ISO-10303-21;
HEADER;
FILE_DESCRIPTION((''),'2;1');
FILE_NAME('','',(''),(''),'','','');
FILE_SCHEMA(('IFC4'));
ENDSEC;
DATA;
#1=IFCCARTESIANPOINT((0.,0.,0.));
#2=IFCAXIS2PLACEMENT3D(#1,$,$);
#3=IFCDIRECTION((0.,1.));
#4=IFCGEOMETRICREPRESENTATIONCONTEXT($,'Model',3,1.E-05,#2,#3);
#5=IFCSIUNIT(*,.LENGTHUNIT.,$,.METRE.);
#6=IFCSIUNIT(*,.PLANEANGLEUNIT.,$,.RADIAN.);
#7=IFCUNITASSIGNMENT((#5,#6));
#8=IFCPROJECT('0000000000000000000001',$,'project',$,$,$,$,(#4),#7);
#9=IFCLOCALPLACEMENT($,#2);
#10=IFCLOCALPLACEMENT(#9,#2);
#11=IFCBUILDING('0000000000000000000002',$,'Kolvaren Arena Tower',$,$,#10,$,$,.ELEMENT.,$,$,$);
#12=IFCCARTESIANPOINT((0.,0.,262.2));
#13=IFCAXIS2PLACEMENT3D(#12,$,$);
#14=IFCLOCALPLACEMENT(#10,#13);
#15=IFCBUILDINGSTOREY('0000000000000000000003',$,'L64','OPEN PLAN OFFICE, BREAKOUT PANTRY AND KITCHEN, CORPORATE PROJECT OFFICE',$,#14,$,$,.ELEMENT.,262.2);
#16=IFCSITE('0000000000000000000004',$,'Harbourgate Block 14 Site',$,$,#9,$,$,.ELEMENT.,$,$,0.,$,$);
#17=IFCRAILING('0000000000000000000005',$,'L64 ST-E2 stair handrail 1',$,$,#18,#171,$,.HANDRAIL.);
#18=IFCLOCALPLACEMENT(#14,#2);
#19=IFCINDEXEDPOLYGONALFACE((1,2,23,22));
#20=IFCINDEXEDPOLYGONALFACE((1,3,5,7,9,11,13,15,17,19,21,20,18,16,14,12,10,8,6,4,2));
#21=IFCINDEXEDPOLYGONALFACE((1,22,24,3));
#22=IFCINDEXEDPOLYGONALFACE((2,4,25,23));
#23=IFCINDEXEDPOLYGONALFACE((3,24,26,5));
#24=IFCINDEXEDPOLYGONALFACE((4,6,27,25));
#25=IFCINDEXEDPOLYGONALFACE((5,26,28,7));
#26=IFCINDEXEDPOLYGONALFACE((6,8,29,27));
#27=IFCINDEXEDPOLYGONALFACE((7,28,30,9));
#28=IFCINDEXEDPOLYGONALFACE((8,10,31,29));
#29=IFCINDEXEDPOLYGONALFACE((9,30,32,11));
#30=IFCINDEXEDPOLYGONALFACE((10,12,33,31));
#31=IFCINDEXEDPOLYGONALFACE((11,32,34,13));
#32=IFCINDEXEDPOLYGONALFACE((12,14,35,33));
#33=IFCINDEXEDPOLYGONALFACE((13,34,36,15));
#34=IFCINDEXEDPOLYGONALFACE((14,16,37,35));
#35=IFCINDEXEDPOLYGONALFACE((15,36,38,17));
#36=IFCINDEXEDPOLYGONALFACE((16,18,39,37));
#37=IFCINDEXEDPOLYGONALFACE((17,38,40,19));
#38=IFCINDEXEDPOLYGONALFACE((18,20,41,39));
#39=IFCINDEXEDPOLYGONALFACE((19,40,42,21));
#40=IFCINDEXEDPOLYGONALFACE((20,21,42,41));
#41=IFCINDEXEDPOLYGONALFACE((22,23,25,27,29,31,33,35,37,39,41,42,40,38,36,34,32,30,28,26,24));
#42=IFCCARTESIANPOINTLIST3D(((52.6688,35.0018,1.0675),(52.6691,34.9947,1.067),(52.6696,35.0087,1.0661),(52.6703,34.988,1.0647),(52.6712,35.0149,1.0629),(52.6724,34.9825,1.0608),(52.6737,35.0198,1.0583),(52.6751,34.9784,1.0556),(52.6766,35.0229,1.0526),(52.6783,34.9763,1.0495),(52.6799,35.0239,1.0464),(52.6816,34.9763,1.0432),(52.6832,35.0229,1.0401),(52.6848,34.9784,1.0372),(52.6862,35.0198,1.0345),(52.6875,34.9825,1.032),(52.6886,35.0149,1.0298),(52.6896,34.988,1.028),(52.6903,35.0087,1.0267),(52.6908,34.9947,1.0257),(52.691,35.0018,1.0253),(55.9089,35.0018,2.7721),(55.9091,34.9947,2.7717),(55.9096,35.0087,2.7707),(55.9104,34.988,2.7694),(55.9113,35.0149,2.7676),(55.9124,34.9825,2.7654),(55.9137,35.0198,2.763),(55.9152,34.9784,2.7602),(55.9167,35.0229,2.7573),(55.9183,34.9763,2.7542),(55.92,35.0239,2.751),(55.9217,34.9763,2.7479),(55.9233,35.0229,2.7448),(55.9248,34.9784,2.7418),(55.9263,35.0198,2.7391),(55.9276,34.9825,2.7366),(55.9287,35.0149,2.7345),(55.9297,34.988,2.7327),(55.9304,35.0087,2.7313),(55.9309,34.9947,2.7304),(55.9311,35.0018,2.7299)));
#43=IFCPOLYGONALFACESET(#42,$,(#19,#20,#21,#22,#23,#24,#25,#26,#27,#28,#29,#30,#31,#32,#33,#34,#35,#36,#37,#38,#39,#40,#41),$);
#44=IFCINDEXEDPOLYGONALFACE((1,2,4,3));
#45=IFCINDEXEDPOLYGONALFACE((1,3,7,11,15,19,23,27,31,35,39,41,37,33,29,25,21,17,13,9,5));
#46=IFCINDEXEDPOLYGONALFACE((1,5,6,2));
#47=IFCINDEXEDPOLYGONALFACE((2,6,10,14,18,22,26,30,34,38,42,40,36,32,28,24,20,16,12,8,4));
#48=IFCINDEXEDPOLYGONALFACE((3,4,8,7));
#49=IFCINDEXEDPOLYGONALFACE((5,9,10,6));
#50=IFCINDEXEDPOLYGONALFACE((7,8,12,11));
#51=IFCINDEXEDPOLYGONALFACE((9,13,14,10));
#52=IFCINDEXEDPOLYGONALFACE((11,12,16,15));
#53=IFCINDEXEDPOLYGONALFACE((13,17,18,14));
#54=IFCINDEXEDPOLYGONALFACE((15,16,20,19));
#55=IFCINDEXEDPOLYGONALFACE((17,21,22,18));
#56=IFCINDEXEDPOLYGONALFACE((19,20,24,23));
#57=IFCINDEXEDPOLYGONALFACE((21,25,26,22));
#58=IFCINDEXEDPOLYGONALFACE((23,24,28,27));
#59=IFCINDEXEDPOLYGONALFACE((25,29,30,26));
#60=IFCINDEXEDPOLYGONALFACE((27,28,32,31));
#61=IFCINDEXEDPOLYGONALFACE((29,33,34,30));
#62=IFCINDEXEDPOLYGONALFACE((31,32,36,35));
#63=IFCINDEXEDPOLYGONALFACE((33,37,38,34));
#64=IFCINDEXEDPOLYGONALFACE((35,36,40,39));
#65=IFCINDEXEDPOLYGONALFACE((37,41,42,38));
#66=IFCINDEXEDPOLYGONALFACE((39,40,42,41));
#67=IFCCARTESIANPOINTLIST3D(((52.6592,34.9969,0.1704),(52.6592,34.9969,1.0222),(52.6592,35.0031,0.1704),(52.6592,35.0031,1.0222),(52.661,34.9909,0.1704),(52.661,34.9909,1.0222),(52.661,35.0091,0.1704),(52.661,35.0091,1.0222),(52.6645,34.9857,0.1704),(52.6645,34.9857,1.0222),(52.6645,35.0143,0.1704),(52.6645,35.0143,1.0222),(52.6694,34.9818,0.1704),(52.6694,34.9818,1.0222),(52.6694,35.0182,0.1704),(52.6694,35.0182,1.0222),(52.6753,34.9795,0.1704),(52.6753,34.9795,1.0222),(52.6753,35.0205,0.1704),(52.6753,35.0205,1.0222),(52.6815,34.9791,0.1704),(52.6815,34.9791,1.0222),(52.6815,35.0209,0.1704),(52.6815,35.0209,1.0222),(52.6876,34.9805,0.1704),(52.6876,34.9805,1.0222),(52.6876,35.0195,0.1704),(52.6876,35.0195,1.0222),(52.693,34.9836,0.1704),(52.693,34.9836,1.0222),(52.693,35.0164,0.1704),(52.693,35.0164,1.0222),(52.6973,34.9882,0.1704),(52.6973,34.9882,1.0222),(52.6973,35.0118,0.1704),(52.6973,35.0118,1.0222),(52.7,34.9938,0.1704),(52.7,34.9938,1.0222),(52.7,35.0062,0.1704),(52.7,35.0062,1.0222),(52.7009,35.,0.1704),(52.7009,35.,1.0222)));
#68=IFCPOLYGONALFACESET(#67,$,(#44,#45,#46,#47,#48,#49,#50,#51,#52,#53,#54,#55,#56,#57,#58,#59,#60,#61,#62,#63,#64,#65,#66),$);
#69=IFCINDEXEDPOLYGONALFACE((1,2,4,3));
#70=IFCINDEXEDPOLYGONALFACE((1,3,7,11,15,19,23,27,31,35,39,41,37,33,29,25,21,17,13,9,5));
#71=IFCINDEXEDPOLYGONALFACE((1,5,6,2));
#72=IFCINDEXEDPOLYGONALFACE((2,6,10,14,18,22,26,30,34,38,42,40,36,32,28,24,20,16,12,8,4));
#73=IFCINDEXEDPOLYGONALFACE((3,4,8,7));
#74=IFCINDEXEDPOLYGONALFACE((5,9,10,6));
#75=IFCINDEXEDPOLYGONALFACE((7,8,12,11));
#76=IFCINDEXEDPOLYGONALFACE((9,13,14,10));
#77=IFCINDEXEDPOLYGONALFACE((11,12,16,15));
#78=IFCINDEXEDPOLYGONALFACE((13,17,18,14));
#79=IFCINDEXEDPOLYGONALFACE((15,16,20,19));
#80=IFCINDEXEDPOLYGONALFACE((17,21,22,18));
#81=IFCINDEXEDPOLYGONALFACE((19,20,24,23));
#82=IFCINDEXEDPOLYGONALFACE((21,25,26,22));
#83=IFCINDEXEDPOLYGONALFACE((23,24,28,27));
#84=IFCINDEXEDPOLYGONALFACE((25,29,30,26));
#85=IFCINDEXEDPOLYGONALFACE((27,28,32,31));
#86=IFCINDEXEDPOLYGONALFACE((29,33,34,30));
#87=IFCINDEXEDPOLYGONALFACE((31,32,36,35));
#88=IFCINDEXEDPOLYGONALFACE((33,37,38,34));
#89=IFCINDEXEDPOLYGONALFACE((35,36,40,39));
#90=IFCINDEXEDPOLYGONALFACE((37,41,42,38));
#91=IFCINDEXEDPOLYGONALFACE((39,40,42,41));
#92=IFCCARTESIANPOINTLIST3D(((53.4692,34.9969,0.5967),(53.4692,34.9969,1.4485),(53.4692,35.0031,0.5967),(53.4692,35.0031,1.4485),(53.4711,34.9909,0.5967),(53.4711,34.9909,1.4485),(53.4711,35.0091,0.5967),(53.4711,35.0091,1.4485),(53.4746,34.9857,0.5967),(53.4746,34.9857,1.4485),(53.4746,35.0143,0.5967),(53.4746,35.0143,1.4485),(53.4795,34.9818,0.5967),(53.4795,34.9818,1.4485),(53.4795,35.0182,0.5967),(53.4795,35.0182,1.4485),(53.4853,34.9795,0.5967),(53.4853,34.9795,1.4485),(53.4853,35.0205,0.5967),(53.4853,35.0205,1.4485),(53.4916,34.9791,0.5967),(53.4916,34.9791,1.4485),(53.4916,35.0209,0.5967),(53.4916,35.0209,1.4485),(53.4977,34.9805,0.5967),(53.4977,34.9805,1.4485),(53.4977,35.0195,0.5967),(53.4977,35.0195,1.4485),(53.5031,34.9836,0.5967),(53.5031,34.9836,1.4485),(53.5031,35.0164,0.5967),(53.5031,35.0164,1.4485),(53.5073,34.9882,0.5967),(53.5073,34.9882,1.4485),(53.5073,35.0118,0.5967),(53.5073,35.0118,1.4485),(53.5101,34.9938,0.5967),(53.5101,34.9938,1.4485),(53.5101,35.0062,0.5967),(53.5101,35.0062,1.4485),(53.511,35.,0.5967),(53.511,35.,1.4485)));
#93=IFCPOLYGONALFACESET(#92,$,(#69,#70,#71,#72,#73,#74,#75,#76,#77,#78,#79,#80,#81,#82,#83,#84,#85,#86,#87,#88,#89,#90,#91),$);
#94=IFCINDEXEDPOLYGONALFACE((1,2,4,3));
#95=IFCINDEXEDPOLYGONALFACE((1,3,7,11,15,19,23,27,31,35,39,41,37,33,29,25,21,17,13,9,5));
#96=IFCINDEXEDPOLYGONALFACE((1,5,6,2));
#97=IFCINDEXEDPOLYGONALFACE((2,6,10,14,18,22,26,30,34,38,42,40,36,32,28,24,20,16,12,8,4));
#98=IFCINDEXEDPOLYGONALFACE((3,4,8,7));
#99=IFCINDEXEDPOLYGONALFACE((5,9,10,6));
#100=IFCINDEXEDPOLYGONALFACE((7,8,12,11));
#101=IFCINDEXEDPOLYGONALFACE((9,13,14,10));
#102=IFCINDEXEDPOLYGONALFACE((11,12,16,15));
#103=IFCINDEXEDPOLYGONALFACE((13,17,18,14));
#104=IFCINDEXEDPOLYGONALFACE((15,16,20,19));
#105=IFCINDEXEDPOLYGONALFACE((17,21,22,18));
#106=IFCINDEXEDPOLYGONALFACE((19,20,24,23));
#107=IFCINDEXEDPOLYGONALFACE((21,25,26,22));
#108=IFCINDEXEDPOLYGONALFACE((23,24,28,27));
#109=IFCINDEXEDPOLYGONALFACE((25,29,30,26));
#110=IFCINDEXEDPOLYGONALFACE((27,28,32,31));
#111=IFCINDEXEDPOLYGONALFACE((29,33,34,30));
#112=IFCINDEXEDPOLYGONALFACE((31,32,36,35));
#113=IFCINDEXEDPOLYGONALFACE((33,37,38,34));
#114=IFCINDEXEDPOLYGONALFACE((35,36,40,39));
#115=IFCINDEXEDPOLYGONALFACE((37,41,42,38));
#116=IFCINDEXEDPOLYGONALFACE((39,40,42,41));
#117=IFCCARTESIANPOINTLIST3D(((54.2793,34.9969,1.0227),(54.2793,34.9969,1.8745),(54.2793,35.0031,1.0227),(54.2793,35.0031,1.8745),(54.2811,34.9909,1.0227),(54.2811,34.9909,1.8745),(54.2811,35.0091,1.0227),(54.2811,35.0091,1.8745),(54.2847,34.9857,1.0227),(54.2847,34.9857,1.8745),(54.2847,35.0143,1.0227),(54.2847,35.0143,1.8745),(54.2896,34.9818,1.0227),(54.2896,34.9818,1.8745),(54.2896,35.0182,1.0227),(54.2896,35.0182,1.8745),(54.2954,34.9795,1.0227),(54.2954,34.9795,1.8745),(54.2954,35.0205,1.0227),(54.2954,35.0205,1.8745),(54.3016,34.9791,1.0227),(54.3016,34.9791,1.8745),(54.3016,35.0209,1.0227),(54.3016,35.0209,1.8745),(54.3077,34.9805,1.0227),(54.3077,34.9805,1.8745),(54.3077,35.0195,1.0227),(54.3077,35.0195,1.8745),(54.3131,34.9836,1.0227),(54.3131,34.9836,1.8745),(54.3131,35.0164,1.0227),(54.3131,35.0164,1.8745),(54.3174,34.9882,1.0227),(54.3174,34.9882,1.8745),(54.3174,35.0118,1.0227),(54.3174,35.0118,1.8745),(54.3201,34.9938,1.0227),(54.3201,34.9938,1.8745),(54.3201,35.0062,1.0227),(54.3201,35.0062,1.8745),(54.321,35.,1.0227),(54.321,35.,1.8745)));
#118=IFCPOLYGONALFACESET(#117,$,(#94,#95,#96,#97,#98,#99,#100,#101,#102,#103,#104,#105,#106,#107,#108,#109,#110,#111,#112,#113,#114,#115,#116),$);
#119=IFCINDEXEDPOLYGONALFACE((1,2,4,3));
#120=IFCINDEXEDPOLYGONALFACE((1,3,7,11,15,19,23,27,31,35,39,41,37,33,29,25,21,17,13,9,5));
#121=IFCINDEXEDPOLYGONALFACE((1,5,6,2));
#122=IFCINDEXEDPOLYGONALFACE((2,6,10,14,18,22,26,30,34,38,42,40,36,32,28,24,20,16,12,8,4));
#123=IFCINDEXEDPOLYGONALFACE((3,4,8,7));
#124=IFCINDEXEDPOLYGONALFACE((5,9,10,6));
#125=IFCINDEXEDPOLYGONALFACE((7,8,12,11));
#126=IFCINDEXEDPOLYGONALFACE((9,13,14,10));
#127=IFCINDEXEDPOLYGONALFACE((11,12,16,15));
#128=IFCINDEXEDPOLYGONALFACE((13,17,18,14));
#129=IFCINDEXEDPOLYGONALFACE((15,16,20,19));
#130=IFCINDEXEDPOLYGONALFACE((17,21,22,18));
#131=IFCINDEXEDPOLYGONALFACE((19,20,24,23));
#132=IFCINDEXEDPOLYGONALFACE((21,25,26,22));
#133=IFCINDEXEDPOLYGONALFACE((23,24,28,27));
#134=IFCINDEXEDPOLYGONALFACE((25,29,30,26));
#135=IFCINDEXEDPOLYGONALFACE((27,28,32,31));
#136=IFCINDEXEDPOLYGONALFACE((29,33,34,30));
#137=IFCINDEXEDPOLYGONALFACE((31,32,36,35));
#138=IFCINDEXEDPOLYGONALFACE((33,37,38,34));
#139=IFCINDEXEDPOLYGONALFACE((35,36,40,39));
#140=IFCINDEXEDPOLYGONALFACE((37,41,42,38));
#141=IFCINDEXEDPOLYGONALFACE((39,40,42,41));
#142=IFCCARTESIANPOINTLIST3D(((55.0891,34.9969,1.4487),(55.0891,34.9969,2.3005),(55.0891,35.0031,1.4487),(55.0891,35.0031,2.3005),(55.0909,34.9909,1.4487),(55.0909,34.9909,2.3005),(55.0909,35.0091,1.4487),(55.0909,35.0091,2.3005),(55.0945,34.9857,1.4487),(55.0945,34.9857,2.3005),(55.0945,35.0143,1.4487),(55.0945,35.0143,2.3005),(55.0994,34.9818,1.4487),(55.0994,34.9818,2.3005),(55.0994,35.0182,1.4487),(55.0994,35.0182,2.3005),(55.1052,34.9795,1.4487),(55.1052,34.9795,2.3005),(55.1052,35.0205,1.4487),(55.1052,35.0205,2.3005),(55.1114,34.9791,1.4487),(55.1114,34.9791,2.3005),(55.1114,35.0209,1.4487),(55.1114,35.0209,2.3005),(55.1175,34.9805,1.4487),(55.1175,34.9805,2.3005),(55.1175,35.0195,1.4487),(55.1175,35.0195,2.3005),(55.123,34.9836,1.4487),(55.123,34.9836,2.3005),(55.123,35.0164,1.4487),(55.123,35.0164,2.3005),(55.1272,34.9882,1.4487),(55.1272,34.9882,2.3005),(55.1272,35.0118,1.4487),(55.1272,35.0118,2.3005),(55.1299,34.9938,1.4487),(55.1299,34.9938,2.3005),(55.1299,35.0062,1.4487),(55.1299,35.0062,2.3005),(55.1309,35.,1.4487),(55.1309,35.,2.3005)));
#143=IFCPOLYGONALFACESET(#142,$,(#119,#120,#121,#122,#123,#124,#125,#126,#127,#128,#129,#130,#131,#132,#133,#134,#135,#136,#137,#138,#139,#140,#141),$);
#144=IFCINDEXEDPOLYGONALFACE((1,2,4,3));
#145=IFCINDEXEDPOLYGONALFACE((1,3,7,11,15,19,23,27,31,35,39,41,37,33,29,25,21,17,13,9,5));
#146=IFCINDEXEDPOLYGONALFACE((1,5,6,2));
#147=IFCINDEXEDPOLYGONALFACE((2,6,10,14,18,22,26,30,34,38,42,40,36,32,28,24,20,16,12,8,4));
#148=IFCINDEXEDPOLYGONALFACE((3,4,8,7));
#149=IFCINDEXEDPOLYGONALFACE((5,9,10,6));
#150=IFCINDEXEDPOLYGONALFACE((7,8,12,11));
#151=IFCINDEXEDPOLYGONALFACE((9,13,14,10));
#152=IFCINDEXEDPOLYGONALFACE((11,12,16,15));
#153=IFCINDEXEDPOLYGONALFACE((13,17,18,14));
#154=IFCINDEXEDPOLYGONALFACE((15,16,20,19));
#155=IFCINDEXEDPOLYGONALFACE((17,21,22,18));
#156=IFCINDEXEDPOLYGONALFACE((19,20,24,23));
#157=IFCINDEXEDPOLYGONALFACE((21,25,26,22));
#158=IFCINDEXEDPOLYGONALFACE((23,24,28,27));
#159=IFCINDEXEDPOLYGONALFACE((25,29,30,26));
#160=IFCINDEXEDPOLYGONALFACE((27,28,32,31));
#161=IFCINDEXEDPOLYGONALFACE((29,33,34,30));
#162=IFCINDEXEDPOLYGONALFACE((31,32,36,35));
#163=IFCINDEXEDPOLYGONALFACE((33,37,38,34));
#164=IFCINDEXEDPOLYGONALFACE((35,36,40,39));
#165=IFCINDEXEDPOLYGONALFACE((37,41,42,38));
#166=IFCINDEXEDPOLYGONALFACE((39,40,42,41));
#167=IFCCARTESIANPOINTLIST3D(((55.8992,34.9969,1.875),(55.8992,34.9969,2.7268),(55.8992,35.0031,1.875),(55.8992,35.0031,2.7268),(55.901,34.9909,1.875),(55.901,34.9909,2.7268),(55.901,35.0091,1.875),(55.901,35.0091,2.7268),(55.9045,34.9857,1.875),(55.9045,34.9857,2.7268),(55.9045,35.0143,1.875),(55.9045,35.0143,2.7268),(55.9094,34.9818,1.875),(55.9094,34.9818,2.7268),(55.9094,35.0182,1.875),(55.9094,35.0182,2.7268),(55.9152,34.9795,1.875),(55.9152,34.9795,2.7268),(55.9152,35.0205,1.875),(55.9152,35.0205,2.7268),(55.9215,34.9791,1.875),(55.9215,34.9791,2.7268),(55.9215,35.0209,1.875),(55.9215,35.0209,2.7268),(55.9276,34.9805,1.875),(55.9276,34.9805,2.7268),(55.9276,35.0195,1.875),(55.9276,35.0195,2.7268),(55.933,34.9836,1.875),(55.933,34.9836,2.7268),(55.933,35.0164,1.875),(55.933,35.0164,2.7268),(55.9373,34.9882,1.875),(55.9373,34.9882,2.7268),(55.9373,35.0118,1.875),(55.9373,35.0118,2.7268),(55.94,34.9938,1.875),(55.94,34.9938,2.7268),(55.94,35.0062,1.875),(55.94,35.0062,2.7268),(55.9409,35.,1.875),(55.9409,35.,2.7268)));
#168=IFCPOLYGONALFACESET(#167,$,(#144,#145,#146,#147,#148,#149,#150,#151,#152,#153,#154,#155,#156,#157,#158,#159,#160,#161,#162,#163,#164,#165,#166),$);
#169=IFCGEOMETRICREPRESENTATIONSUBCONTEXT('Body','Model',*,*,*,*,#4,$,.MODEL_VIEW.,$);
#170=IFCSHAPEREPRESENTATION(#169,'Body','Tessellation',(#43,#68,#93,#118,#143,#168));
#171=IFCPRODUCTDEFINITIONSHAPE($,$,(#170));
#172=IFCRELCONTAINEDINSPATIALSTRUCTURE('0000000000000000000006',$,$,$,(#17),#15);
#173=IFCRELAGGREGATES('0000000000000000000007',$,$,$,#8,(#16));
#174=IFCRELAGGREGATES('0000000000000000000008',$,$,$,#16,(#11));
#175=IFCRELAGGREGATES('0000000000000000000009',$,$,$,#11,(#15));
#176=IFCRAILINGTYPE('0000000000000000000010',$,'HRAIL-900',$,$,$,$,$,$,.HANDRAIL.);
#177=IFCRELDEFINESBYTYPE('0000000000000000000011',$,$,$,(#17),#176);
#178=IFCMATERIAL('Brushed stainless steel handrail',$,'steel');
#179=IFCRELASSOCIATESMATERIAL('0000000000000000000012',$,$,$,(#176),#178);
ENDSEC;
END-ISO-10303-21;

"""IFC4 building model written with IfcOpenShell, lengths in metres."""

from ifc_helpers import new_model, si_unit, direction, frame, origin, origin_2d, place, context, subcontext, project, spatial, circle, extrude, material, type_object, element, save


model = new_model("IFC4")

# Units and contexts
model_context = context("Model", 3, precision=1e-05, world=origin(), true_north=direction((0.0, 1.0)))
body_context = subcontext(model_context, "Body", "Model", "MODEL_VIEW")
ifc_project = project(units=[si_unit("LENGTHUNIT", "METRE"), si_unit("PLANEANGLEUNIT", "RADIAN")], contexts=[model_context])

# Site, building, storey
site_placement = place(None, origin())
site = spatial("IfcSite", under=ifc_project, at=site_placement, Name="Harbourgate Block 14 Site", CompositionType="ELEMENT", RefElevation=0.0)
building_placement = place(site_placement, origin())
building = spatial("IfcBuilding", under=site, at=building_placement, Name="Kolvaren Arena Tower", CompositionType="ELEMENT")
storey_placement = place(building_placement, frame((0.0, 0.0, 262.2)))
storey = spatial("IfcBuildingStorey", under=building, at=storey_placement, Name="L64", Description="OPEN PLAN OFFICE, BREAKOUT PANTRY AND KITCHEN, CORPORATE PROJECT OFFICE", CompositionType="ELEMENT", Elevation=262.2)

# Railing
ifc_material_1 = material(Name="Brushed stainless steel handrail", Category="steel")
railing_type_1 = type_object("IfcRailingType", Name="HRAIL-900", PredefinedType="HANDRAIL", material=ifc_material_1)
for number, where, name in (
    (1, (52.6799, 35.0, 0.1704), "L64 ST-E2 stair handrail 1"),
):
    element("IfcRailing", number, at=place(storey_placement, frame(where)), inside=storey, type_object=railing_type_1, Name=name, PredefinedType="HANDRAIL", context=body_context, shape_type="SweptSolid", body=[
        extrude(circle(Radius=0.0239, at=origin_2d()), frame((0.0, 0.0, 0.876), z_axis=(0.884993, 0.0, 0.465604), x_axis=(0.0, 1.0, 0.0)), (0.0, 0.0, 1.0), 3.6611),
        extrude(circle(Radius=0.021, at=origin_2d()), origin(), (0.0, 0.0, 1.0), 0.8518),
        extrude(circle(Radius=0.021, at=origin_2d()), frame((0.8101, 0.0, 0.4263)), (0.0, 0.0, 1.0), 0.8518),
        extrude(circle(Radius=0.021, at=origin_2d()), frame((1.6201, 0.0, 0.8523)), (0.0, 0.0, 1.0), 0.8518),
        extrude(circle(Radius=0.021, at=origin_2d()), frame((2.4299, 0.0, 1.2783)), (0.0, 0.0, 1.0), 0.8518),
        extrude(circle(Radius=0.021, at=origin_2d()), frame((3.24, 0.0, 1.7046)), (0.0, 0.0, 1.0), 0.8518),
    ])

save(model, "model.ifc")
